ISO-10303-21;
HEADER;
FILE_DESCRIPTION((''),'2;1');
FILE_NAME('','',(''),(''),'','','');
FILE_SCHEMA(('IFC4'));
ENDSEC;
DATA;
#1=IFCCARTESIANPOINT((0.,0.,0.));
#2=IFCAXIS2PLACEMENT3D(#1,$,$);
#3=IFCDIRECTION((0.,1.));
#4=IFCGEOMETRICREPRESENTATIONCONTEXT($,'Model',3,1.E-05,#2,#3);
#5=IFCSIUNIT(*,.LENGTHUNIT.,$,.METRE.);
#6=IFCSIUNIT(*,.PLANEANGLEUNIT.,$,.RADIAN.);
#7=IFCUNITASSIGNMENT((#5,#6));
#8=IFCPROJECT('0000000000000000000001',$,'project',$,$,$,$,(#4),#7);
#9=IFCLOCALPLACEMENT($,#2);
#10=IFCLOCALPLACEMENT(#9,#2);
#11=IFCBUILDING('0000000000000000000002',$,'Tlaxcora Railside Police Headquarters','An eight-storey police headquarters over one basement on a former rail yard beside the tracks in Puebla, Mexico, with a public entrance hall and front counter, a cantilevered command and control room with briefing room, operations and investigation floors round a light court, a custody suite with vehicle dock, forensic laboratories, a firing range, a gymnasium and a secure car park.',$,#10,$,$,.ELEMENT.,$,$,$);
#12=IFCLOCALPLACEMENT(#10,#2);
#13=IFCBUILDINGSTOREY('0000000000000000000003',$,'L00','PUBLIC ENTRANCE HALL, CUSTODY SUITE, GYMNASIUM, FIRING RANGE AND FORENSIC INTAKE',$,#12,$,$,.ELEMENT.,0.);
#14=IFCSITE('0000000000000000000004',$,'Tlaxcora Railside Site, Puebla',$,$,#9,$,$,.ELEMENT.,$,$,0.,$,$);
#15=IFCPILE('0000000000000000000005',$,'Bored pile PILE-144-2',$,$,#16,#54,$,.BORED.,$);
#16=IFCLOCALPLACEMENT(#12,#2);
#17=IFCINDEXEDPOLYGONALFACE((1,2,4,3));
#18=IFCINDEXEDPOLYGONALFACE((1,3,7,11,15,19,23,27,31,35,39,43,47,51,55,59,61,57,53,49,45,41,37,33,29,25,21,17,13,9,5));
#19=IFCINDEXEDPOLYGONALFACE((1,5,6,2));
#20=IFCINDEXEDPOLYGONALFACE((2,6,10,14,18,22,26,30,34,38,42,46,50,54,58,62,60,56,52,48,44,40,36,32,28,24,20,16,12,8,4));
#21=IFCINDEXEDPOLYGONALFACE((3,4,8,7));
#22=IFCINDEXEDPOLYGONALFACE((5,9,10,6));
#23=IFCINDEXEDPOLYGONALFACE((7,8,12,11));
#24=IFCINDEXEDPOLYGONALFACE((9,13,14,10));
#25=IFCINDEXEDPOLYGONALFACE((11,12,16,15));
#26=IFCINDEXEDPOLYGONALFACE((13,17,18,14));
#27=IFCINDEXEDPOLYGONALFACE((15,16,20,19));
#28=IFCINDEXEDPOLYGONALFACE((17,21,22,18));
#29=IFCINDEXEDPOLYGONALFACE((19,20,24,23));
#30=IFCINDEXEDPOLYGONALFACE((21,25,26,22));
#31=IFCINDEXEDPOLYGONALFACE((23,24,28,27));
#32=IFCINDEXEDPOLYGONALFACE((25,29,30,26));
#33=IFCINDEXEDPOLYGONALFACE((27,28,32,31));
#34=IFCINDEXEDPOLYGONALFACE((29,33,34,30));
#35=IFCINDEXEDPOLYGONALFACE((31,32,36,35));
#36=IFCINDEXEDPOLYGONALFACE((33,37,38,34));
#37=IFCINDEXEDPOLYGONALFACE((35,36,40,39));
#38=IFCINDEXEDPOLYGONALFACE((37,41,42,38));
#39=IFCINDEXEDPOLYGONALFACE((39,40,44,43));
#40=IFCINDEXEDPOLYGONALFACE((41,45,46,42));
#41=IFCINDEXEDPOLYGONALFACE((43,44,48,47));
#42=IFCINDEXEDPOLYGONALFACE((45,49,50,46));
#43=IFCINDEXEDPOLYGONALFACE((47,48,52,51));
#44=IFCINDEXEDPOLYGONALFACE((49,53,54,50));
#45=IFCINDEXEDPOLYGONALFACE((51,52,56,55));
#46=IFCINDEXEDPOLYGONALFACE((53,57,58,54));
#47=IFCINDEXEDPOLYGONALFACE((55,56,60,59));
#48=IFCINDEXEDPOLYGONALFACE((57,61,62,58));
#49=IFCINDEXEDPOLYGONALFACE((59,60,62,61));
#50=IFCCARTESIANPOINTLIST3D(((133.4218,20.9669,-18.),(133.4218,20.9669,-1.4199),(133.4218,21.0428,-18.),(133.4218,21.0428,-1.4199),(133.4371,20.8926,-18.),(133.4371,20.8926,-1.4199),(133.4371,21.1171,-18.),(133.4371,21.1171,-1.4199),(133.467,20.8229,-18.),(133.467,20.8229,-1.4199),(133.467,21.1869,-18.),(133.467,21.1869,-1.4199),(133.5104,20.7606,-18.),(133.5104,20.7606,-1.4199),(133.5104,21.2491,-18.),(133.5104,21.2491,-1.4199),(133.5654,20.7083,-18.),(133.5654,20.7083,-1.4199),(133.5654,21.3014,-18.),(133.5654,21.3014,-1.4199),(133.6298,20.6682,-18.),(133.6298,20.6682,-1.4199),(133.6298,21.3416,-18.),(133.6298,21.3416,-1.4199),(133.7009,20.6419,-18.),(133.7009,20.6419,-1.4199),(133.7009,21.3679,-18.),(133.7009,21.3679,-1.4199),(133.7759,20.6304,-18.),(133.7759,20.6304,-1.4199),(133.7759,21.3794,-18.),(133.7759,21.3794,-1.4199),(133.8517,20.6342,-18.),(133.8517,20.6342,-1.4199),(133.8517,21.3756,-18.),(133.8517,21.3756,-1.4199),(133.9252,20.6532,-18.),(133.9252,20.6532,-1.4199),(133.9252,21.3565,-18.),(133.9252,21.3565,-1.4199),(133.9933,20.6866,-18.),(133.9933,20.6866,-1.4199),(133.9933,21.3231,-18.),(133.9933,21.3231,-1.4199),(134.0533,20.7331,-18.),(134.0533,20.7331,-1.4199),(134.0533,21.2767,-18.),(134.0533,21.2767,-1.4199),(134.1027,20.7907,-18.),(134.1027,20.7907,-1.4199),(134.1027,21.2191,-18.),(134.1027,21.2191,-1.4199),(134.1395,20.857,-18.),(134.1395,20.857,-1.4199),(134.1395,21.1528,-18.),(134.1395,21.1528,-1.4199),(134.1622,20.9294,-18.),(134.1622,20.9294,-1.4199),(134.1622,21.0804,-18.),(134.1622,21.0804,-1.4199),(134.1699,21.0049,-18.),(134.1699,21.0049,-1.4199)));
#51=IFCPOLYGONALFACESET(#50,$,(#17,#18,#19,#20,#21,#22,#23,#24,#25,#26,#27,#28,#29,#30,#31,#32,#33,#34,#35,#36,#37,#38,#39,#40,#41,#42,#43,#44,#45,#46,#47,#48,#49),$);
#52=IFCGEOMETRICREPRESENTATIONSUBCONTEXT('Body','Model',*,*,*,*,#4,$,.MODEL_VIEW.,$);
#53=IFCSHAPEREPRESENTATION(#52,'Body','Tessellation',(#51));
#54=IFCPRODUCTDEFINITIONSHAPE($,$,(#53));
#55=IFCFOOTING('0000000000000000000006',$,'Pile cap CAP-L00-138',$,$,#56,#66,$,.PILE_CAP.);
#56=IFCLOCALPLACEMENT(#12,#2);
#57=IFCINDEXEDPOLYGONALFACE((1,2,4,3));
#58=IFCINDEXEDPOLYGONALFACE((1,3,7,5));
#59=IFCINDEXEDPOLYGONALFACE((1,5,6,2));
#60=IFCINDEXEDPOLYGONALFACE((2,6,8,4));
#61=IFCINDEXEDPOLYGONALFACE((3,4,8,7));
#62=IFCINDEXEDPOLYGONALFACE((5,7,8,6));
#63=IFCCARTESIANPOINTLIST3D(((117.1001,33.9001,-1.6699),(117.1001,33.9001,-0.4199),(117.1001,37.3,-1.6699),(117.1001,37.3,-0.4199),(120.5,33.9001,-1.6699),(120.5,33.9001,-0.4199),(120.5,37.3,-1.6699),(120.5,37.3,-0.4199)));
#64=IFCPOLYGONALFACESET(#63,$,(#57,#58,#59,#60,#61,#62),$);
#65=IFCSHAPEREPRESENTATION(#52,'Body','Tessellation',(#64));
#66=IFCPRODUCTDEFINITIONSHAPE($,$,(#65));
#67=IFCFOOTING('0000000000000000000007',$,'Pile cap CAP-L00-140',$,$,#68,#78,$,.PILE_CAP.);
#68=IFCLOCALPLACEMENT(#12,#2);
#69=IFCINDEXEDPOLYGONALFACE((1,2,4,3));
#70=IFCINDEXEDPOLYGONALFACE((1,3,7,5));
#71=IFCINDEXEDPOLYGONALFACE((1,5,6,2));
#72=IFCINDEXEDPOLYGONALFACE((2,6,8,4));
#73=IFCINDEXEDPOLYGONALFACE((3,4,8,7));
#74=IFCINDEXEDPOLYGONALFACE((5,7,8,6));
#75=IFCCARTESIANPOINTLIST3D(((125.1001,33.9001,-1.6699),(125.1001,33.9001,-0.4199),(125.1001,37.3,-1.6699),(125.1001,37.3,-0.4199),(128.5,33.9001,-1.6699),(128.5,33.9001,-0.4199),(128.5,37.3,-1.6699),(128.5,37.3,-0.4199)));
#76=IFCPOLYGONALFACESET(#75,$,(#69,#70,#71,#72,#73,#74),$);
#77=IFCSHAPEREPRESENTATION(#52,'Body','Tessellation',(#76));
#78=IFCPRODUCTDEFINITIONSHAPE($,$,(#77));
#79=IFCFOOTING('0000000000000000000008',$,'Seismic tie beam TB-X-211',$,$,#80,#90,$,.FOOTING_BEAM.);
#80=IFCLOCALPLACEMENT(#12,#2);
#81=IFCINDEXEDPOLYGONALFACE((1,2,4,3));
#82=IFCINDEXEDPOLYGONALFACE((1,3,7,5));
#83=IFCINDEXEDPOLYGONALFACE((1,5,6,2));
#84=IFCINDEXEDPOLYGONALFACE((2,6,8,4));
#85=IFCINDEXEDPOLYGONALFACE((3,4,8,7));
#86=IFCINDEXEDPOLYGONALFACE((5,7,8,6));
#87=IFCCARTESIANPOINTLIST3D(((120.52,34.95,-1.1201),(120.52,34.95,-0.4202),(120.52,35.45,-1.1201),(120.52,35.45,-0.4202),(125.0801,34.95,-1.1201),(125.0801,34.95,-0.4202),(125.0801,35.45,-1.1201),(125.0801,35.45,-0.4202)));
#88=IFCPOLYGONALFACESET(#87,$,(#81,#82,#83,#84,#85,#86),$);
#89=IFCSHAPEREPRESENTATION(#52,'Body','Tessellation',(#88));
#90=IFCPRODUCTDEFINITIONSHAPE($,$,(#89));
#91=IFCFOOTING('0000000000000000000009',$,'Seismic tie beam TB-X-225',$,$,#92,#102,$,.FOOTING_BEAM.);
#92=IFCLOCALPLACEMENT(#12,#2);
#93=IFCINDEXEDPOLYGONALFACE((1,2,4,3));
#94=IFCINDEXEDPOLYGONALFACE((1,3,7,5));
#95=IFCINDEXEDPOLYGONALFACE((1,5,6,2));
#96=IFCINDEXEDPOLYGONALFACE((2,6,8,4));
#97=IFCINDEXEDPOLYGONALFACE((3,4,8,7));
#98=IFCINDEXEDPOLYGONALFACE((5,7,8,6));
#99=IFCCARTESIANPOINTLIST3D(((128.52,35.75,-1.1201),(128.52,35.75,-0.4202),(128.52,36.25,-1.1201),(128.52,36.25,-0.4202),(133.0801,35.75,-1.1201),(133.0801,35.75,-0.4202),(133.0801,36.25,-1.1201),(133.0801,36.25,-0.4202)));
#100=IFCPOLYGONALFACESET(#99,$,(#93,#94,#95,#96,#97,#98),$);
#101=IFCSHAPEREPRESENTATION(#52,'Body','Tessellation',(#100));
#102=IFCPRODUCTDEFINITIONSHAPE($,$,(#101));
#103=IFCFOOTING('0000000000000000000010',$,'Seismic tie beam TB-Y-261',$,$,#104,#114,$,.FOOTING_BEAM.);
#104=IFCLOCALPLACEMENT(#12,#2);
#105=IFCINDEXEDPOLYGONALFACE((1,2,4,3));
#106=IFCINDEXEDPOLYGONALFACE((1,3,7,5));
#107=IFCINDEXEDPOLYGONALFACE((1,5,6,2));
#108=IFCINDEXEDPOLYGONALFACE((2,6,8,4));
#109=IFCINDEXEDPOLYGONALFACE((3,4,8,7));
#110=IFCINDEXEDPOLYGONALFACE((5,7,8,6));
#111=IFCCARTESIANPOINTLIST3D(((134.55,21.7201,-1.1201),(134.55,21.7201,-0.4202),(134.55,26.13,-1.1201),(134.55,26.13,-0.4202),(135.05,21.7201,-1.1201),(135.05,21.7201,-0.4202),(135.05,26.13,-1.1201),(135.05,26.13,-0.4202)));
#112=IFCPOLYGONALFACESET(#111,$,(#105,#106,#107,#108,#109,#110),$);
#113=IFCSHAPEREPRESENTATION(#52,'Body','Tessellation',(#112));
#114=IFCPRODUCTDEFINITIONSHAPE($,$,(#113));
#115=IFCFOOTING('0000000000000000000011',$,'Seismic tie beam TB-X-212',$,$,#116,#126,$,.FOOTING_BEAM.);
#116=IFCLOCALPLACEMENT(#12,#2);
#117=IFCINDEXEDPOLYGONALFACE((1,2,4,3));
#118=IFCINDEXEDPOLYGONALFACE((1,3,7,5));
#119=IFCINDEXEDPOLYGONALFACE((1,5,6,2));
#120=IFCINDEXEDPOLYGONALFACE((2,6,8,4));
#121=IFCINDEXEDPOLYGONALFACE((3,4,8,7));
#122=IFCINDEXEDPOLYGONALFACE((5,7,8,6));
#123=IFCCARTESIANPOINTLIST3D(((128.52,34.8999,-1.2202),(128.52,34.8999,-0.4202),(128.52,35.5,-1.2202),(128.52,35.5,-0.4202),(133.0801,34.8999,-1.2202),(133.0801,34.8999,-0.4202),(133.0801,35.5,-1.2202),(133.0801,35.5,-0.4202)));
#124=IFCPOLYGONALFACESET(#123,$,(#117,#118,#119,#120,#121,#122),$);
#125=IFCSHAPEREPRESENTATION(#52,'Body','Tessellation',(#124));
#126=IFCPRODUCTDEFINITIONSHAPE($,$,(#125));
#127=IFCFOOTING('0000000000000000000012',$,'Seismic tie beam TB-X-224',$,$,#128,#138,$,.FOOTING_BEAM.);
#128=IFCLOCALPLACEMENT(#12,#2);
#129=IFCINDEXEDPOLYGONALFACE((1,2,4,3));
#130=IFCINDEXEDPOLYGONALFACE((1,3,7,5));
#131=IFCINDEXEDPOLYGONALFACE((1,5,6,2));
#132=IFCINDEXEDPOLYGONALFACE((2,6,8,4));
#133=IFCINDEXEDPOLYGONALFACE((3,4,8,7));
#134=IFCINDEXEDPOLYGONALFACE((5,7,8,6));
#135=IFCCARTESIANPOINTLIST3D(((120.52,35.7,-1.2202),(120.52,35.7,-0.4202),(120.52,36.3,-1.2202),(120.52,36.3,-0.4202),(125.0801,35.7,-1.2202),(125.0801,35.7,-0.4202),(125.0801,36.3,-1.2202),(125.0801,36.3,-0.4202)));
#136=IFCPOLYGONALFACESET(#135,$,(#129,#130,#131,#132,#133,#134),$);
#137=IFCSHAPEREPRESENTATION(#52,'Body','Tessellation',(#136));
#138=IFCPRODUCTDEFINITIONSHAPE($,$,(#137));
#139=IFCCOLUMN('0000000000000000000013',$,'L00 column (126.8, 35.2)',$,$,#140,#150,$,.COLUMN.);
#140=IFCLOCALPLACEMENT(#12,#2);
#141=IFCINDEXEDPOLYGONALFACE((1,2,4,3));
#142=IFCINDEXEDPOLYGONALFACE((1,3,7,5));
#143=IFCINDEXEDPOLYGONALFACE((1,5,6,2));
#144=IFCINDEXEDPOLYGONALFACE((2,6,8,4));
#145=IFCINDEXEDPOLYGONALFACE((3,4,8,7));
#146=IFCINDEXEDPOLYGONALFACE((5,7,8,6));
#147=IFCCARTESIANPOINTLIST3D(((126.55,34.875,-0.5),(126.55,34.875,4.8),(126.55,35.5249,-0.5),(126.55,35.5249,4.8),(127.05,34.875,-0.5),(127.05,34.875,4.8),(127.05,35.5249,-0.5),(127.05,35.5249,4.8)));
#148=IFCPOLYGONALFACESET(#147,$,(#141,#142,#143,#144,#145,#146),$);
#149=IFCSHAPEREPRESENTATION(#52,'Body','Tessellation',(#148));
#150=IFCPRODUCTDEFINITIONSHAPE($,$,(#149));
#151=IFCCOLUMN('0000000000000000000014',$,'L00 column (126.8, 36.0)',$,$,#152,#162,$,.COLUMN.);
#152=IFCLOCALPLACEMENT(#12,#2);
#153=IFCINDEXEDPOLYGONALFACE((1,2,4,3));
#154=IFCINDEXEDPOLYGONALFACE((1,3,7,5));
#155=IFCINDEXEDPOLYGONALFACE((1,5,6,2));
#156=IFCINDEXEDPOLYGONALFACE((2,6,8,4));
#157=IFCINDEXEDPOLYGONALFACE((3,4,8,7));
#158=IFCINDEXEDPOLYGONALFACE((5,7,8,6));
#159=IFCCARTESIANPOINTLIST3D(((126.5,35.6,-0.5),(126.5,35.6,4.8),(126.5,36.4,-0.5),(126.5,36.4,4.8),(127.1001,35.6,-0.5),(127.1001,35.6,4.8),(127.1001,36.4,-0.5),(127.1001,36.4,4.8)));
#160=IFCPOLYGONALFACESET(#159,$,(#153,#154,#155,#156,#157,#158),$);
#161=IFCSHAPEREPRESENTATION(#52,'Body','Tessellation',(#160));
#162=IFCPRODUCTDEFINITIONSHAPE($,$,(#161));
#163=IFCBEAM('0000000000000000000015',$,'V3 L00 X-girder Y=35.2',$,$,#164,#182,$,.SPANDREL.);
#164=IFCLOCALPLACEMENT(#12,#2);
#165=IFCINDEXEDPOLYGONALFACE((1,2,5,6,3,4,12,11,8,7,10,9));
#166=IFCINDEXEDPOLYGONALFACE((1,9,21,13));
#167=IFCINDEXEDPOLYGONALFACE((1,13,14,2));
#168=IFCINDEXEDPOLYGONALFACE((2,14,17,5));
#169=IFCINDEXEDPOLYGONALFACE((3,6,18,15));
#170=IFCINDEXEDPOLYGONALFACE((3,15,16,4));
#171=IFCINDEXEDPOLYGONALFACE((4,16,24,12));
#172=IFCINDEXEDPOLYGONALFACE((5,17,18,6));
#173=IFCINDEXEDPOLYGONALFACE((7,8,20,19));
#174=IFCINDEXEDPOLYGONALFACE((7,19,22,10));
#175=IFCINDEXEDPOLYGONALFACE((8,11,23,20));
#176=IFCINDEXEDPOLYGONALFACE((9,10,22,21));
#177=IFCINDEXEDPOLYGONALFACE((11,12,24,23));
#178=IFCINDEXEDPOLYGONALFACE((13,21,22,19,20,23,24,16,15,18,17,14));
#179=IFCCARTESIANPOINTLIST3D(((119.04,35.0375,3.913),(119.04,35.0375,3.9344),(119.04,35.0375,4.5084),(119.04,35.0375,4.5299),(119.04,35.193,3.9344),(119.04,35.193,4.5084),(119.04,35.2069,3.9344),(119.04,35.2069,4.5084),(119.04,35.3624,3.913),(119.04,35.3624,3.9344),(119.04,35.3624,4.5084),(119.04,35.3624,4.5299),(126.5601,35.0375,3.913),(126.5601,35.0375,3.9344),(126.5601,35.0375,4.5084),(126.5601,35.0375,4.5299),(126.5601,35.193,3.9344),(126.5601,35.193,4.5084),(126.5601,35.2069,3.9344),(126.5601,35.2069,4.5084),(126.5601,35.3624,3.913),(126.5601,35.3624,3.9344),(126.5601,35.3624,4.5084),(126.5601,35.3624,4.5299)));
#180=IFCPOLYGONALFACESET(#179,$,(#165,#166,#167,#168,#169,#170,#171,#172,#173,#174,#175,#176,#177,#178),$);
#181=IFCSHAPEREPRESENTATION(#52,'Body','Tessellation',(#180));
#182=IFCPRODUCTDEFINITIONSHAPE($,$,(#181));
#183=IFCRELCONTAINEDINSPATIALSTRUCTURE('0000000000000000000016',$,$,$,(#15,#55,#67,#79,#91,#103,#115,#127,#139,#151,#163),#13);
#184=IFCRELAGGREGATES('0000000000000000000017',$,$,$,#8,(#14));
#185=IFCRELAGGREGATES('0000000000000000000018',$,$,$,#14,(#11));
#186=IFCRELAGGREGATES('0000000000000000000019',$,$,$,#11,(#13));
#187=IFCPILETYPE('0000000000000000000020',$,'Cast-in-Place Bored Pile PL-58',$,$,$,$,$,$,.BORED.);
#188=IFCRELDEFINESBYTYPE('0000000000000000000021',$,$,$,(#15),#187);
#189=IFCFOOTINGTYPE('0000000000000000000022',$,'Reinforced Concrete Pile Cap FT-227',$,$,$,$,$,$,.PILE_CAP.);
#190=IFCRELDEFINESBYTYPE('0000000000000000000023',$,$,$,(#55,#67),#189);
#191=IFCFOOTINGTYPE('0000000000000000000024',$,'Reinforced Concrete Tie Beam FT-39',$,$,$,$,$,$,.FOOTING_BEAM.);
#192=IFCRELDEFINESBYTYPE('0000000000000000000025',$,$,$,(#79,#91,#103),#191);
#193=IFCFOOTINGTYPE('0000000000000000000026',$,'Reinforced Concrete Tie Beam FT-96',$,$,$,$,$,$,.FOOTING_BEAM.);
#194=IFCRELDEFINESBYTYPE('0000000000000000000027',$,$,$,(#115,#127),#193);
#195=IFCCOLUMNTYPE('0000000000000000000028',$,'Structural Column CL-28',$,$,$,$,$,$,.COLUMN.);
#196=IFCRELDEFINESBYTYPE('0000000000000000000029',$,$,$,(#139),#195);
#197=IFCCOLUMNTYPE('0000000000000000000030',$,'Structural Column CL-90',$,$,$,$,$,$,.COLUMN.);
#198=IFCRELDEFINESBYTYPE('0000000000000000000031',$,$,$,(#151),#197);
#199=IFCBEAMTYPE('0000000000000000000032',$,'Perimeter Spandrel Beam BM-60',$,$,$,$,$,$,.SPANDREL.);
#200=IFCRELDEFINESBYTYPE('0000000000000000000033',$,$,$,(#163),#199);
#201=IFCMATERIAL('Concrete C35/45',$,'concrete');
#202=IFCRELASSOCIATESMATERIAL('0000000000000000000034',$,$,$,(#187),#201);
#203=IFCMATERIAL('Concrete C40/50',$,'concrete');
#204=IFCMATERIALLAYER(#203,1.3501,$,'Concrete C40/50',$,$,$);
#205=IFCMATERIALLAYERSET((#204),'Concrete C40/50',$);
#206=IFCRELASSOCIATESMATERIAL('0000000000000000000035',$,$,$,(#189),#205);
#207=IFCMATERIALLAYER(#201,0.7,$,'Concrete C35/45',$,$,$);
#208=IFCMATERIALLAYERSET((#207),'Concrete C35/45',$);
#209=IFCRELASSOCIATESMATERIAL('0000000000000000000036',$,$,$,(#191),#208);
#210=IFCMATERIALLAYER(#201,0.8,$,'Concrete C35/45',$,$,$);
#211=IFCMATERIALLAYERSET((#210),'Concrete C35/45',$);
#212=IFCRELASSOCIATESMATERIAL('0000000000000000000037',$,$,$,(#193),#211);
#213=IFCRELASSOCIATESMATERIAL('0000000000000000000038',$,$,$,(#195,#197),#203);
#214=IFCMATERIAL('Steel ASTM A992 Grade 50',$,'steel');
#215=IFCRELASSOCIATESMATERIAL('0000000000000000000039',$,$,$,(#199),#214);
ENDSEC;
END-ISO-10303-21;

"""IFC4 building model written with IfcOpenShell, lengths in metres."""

from ifc_helpers import new_model, si_unit, direction, frame, origin, origin_2d, place, context, subcontext, project, spatial, rectangle, circle, i_section, extrude, material, layer, layer_set, material_profile, profile_set, type_object, element, save


model = new_model("IFC4")

# Units and contexts
model_context = context("Model", 3, precision=1e-05, world=origin(), true_north=direction((0.0, 1.0)))
body_context = subcontext(model_context, "Body", "Model", "MODEL_VIEW")
ifc_project = project(units=[si_unit("LENGTHUNIT", "METRE"), si_unit("PLANEANGLEUNIT", "RADIAN")], contexts=[model_context])

# Site, building, storey
site_placement = place(None, origin())
site = spatial("IfcSite", under=ifc_project, at=site_placement, Name="Tlaxcora Railside Site, Puebla", CompositionType="ELEMENT", RefElevation=0.0)
building_placement = place(site_placement, origin())
building = spatial("IfcBuilding", under=site, at=building_placement, Name="Tlaxcora Railside Police Headquarters", Description="An eight-storey police headquarters over one basement on a former rail yard beside the tracks in Puebla, Mexico, with a public entrance hall and front counter, a cantilevered command and control room with briefing room, operations and investigation floors round a light court, a custody suite with vehicle dock, forensic laboratories, a firing range, a gymnasium and a secure car park.", CompositionType="ELEMENT")
storey_placement = place(building_placement, origin())
storey = spatial("IfcBuildingStorey", under=building, at=storey_placement, Name="L00", Description="PUBLIC ENTRANCE HALL, CUSTODY SUITE, GYMNASIUM, FIRING RANGE AND FORENSIC INTAKE", CompositionType="ELEMENT", Elevation=0.0)

# Pile
ifc_material_1 = material(Name="Concrete C35/45", Category="concrete")
ifc_material_profile_1 = material_profile(ifc_material_1, circle(Radius=0.375, at=origin_2d()), Name="PILE750")
ifc_profile_set_1 = profile_set([ifc_material_profile_1], Name="Concrete C35/45")
pile_type_1 = type_object("IfcPileType", Name="Cast-in-Place Bored Pile PL-58", PredefinedType="BORED", material=ifc_profile_set_1)
pile_placement = place(storey_placement, frame((133.7949, 21.0049, -1.4199), z_axis=(0.0, 0.0, -1.0), x_axis=(1.0, 0.0, 0.0)))
element("IfcPile", 1, at=pile_placement, inside=storey, type_object=pile_type_1, Name="Bored pile PILE-144-2", PredefinedType="BORED", context=body_context, shape_type="SweptSolid", body=[
    extrude(circle(Radius=0.375, at=origin_2d()), origin(), (0.0, 0.0, 1.0), 16.5801),
])

# Footings
ifc_material_2 = material(Name="Concrete C40/50", Category="concrete")
ifc_layer_1 = layer(ifc_material_2, 1.3501, Name="Concrete C40/50")
ifc_layer_set_1 = layer_set([ifc_layer_1], Name="Concrete C40/50")
footing_type_1 = type_object("IfcFootingType", Name="Reinforced Concrete Pile Cap FT-227", PredefinedType="PILE_CAP", material=ifc_layer_set_1)
for number, where, z_axis, x_axis, name in (
    (2, (118.8, 35.6001, -1.6699), (0.0, 0.0, 1.0), (1.0, 0.0, 0.0), "Pile cap CAP-L00-138"),
    (3, (126.8, 35.6001, -1.6699), (0.0, 0.0, 1.0), (1.0, 0.0, 0.0), "Pile cap CAP-L00-140"),
):
    element("IfcFooting", number, at=place(storey_placement, frame(where, z_axis=z_axis, x_axis=x_axis)), inside=storey, type_object=footing_type_1, Name=name, PredefinedType="PILE_CAP", context=body_context, shape_type="SweptSolid", body=[
        extrude(rectangle(XDim=3.3999, YDim=3.3999, at=origin_2d()), origin(), (0.0, 0.0, 1.0), 1.25),
    ])
ifc_layer_2 = layer(ifc_material_1, 0.7, Name="Concrete C35/45")
ifc_layer_set_2 = layer_set([ifc_layer_2], Name="Concrete C35/45")
footing_type_2 = type_object("IfcFootingType", Name="Reinforced Concrete Tie Beam FT-39", PredefinedType="FOOTING_BEAM", material=ifc_layer_set_2)
for number, where, z_axis, x_axis, name in (
    (4, (122.8, 35.2, -1.1201), (0.0, 0.0, 1.0), (1.0, 0.0, 0.0), "Seismic tie beam TB-X-211"),
    (5, (130.8, 36.0, -1.1201), (0.0, 0.0, 1.0), (1.0, 0.0, 0.0), "Seismic tie beam TB-X-225"),
):
    element("IfcFooting", number, at=place(storey_placement, frame(where, z_axis=z_axis, x_axis=x_axis)), inside=storey, type_object=footing_type_2, Name=name, PredefinedType="FOOTING_BEAM", context=body_context, shape_type="SweptSolid", body=[
        extrude(rectangle(XDim=4.5601, YDim=0.5, at=origin_2d()), origin(), (0.0, 0.0, 1.0), 0.7),
    ])
footing_placement = place(storey_placement, frame((134.8, 23.925, -1.1201), z_axis=(0.0, 0.0, 1.0), x_axis=(0.0, 1.0, 0.0)))
element("IfcFooting", 6, at=footing_placement, inside=storey, type_object=footing_type_2, Name="Seismic tie beam TB-Y-261", PredefinedType="FOOTING_BEAM", context=body_context, shape_type="SweptSolid", body=[
    extrude(rectangle(XDim=4.4099, YDim=0.5, at=origin_2d()), origin(), (0.0, 0.0, 1.0), 0.7),
])
ifc_layer_3 = layer(ifc_material_1, 0.8, Name="Concrete C35/45")
ifc_layer_set_3 = layer_set([ifc_layer_3], Name="Concrete C35/45")
footing_type_3 = type_object("IfcFootingType", Name="Reinforced Concrete Tie Beam FT-96", PredefinedType="FOOTING_BEAM", material=ifc_layer_set_3)
for number, where, z_axis, x_axis, name in (
    (7, (130.8, 35.2, -1.2202), (0.0, 0.0, 1.0), (1.0, 0.0, 0.0), "Seismic tie beam TB-X-212"),
    (8, (122.8, 36.0, -1.2202), (0.0, 0.0, 1.0), (1.0, 0.0, 0.0), "Seismic tie beam TB-X-224"),
):
    element("IfcFooting", number, at=place(storey_placement, frame(where, z_axis=z_axis, x_axis=x_axis)), inside=storey, type_object=footing_type_3, Name=name, PredefinedType="FOOTING_BEAM", context=body_context, shape_type="SweptSolid", body=[
        extrude(rectangle(XDim=4.5601, YDim=0.6001, at=origin_2d()), origin(), (0.0, 0.0, 1.0), 0.8),
    ])

# Columns
ifc_material_profile_2 = material_profile(ifc_material_2, rectangle(XDim=0.5, YDim=0.6499, at=origin_2d()), Name="RC500X650")
ifc_profile_set_2 = profile_set([ifc_material_profile_2], Name="Concrete C40/50")
column_type_1 = type_object("IfcColumnType", Name="Structural Column CL-28", PredefinedType="COLUMN", material=ifc_profile_set_2)
column_1_placement = place(storey_placement, frame((126.8, 35.2, -0.5), z_axis=(0.0, 0.0, 1.0), x_axis=(1.0, 0.0, 0.0)))
element("IfcColumn", 9, at=column_1_placement, inside=storey, type_object=column_type_1, Name="L00 column (126.8, 35.2)", PredefinedType="COLUMN", context=body_context, shape_type="SweptSolid", body=[
    extrude(rectangle(XDim=0.5, YDim=0.6499, at=origin_2d()), origin(), (0.0, 0.0, 1.0), 5.3),
])
ifc_material_profile_3 = material_profile(ifc_material_2, rectangle(XDim=0.6001, YDim=0.8, at=origin_2d()), Name="RC600X800")
ifc_profile_set_3 = profile_set([ifc_material_profile_3], Name="Concrete C40/50")
column_type_2 = type_object("IfcColumnType", Name="Structural Column CL-90", PredefinedType="COLUMN", material=ifc_profile_set_3)
column_2_placement = place(storey_placement, frame((126.8, 36.0, -0.5), z_axis=(0.0, 0.0, 1.0), x_axis=(1.0, 0.0, 0.0)))
element("IfcColumn", 10, at=column_2_placement, inside=storey, type_object=column_type_2, Name="L00 column (126.8, 36.0)", PredefinedType="COLUMN", context=body_context, shape_type="SweptSolid", body=[
    extrude(rectangle(XDim=0.6001, YDim=0.8, at=origin_2d()), origin(), (0.0, 0.0, 1.0), 5.3),
])

# Beam
ifc_material_3 = material(Name="Steel ASTM A992 Grade 50", Category="steel")
ifc_material_profile_4 = material_profile(ifc_material_3, i_section(OverallWidth=0.325, OverallDepth=0.6169, WebThickness=0.0139, FlangeThickness=0.0215, at=origin_2d()), Name="W24X117")
ifc_profile_set_4 = profile_set([ifc_material_profile_4], Name="Steel ASTM A992 Grade 50")
beam_type_1 = type_object("IfcBeamType", Name="Perimeter Spandrel Beam BM-60", PredefinedType="SPANDREL", material=ifc_profile_set_4)
for number, where, z_axis, x_axis, name in (
    (11, (119.04, 35.2, 4.2214), (1.0, 0.0, 0.0), (0.0, 1.0, 0.0), "V3 L00 X-girder Y=35.2"),
):
    element("IfcBeam", number, at=place(storey_placement, frame(where, z_axis=z_axis, x_axis=x_axis)), inside=storey, type_object=beam_type_1, Name=name, PredefinedType="SPANDREL", context=body_context, shape_type="SweptSolid", body=[
        extrude(i_section(OverallWidth=0.325, OverallDepth=0.6169, WebThickness=0.0139, FlangeThickness=0.0215, at=origin_2d()), origin(), (0.0, 0.0, 1.0), 7.52),
    ])

save(model, "model.ifc")
